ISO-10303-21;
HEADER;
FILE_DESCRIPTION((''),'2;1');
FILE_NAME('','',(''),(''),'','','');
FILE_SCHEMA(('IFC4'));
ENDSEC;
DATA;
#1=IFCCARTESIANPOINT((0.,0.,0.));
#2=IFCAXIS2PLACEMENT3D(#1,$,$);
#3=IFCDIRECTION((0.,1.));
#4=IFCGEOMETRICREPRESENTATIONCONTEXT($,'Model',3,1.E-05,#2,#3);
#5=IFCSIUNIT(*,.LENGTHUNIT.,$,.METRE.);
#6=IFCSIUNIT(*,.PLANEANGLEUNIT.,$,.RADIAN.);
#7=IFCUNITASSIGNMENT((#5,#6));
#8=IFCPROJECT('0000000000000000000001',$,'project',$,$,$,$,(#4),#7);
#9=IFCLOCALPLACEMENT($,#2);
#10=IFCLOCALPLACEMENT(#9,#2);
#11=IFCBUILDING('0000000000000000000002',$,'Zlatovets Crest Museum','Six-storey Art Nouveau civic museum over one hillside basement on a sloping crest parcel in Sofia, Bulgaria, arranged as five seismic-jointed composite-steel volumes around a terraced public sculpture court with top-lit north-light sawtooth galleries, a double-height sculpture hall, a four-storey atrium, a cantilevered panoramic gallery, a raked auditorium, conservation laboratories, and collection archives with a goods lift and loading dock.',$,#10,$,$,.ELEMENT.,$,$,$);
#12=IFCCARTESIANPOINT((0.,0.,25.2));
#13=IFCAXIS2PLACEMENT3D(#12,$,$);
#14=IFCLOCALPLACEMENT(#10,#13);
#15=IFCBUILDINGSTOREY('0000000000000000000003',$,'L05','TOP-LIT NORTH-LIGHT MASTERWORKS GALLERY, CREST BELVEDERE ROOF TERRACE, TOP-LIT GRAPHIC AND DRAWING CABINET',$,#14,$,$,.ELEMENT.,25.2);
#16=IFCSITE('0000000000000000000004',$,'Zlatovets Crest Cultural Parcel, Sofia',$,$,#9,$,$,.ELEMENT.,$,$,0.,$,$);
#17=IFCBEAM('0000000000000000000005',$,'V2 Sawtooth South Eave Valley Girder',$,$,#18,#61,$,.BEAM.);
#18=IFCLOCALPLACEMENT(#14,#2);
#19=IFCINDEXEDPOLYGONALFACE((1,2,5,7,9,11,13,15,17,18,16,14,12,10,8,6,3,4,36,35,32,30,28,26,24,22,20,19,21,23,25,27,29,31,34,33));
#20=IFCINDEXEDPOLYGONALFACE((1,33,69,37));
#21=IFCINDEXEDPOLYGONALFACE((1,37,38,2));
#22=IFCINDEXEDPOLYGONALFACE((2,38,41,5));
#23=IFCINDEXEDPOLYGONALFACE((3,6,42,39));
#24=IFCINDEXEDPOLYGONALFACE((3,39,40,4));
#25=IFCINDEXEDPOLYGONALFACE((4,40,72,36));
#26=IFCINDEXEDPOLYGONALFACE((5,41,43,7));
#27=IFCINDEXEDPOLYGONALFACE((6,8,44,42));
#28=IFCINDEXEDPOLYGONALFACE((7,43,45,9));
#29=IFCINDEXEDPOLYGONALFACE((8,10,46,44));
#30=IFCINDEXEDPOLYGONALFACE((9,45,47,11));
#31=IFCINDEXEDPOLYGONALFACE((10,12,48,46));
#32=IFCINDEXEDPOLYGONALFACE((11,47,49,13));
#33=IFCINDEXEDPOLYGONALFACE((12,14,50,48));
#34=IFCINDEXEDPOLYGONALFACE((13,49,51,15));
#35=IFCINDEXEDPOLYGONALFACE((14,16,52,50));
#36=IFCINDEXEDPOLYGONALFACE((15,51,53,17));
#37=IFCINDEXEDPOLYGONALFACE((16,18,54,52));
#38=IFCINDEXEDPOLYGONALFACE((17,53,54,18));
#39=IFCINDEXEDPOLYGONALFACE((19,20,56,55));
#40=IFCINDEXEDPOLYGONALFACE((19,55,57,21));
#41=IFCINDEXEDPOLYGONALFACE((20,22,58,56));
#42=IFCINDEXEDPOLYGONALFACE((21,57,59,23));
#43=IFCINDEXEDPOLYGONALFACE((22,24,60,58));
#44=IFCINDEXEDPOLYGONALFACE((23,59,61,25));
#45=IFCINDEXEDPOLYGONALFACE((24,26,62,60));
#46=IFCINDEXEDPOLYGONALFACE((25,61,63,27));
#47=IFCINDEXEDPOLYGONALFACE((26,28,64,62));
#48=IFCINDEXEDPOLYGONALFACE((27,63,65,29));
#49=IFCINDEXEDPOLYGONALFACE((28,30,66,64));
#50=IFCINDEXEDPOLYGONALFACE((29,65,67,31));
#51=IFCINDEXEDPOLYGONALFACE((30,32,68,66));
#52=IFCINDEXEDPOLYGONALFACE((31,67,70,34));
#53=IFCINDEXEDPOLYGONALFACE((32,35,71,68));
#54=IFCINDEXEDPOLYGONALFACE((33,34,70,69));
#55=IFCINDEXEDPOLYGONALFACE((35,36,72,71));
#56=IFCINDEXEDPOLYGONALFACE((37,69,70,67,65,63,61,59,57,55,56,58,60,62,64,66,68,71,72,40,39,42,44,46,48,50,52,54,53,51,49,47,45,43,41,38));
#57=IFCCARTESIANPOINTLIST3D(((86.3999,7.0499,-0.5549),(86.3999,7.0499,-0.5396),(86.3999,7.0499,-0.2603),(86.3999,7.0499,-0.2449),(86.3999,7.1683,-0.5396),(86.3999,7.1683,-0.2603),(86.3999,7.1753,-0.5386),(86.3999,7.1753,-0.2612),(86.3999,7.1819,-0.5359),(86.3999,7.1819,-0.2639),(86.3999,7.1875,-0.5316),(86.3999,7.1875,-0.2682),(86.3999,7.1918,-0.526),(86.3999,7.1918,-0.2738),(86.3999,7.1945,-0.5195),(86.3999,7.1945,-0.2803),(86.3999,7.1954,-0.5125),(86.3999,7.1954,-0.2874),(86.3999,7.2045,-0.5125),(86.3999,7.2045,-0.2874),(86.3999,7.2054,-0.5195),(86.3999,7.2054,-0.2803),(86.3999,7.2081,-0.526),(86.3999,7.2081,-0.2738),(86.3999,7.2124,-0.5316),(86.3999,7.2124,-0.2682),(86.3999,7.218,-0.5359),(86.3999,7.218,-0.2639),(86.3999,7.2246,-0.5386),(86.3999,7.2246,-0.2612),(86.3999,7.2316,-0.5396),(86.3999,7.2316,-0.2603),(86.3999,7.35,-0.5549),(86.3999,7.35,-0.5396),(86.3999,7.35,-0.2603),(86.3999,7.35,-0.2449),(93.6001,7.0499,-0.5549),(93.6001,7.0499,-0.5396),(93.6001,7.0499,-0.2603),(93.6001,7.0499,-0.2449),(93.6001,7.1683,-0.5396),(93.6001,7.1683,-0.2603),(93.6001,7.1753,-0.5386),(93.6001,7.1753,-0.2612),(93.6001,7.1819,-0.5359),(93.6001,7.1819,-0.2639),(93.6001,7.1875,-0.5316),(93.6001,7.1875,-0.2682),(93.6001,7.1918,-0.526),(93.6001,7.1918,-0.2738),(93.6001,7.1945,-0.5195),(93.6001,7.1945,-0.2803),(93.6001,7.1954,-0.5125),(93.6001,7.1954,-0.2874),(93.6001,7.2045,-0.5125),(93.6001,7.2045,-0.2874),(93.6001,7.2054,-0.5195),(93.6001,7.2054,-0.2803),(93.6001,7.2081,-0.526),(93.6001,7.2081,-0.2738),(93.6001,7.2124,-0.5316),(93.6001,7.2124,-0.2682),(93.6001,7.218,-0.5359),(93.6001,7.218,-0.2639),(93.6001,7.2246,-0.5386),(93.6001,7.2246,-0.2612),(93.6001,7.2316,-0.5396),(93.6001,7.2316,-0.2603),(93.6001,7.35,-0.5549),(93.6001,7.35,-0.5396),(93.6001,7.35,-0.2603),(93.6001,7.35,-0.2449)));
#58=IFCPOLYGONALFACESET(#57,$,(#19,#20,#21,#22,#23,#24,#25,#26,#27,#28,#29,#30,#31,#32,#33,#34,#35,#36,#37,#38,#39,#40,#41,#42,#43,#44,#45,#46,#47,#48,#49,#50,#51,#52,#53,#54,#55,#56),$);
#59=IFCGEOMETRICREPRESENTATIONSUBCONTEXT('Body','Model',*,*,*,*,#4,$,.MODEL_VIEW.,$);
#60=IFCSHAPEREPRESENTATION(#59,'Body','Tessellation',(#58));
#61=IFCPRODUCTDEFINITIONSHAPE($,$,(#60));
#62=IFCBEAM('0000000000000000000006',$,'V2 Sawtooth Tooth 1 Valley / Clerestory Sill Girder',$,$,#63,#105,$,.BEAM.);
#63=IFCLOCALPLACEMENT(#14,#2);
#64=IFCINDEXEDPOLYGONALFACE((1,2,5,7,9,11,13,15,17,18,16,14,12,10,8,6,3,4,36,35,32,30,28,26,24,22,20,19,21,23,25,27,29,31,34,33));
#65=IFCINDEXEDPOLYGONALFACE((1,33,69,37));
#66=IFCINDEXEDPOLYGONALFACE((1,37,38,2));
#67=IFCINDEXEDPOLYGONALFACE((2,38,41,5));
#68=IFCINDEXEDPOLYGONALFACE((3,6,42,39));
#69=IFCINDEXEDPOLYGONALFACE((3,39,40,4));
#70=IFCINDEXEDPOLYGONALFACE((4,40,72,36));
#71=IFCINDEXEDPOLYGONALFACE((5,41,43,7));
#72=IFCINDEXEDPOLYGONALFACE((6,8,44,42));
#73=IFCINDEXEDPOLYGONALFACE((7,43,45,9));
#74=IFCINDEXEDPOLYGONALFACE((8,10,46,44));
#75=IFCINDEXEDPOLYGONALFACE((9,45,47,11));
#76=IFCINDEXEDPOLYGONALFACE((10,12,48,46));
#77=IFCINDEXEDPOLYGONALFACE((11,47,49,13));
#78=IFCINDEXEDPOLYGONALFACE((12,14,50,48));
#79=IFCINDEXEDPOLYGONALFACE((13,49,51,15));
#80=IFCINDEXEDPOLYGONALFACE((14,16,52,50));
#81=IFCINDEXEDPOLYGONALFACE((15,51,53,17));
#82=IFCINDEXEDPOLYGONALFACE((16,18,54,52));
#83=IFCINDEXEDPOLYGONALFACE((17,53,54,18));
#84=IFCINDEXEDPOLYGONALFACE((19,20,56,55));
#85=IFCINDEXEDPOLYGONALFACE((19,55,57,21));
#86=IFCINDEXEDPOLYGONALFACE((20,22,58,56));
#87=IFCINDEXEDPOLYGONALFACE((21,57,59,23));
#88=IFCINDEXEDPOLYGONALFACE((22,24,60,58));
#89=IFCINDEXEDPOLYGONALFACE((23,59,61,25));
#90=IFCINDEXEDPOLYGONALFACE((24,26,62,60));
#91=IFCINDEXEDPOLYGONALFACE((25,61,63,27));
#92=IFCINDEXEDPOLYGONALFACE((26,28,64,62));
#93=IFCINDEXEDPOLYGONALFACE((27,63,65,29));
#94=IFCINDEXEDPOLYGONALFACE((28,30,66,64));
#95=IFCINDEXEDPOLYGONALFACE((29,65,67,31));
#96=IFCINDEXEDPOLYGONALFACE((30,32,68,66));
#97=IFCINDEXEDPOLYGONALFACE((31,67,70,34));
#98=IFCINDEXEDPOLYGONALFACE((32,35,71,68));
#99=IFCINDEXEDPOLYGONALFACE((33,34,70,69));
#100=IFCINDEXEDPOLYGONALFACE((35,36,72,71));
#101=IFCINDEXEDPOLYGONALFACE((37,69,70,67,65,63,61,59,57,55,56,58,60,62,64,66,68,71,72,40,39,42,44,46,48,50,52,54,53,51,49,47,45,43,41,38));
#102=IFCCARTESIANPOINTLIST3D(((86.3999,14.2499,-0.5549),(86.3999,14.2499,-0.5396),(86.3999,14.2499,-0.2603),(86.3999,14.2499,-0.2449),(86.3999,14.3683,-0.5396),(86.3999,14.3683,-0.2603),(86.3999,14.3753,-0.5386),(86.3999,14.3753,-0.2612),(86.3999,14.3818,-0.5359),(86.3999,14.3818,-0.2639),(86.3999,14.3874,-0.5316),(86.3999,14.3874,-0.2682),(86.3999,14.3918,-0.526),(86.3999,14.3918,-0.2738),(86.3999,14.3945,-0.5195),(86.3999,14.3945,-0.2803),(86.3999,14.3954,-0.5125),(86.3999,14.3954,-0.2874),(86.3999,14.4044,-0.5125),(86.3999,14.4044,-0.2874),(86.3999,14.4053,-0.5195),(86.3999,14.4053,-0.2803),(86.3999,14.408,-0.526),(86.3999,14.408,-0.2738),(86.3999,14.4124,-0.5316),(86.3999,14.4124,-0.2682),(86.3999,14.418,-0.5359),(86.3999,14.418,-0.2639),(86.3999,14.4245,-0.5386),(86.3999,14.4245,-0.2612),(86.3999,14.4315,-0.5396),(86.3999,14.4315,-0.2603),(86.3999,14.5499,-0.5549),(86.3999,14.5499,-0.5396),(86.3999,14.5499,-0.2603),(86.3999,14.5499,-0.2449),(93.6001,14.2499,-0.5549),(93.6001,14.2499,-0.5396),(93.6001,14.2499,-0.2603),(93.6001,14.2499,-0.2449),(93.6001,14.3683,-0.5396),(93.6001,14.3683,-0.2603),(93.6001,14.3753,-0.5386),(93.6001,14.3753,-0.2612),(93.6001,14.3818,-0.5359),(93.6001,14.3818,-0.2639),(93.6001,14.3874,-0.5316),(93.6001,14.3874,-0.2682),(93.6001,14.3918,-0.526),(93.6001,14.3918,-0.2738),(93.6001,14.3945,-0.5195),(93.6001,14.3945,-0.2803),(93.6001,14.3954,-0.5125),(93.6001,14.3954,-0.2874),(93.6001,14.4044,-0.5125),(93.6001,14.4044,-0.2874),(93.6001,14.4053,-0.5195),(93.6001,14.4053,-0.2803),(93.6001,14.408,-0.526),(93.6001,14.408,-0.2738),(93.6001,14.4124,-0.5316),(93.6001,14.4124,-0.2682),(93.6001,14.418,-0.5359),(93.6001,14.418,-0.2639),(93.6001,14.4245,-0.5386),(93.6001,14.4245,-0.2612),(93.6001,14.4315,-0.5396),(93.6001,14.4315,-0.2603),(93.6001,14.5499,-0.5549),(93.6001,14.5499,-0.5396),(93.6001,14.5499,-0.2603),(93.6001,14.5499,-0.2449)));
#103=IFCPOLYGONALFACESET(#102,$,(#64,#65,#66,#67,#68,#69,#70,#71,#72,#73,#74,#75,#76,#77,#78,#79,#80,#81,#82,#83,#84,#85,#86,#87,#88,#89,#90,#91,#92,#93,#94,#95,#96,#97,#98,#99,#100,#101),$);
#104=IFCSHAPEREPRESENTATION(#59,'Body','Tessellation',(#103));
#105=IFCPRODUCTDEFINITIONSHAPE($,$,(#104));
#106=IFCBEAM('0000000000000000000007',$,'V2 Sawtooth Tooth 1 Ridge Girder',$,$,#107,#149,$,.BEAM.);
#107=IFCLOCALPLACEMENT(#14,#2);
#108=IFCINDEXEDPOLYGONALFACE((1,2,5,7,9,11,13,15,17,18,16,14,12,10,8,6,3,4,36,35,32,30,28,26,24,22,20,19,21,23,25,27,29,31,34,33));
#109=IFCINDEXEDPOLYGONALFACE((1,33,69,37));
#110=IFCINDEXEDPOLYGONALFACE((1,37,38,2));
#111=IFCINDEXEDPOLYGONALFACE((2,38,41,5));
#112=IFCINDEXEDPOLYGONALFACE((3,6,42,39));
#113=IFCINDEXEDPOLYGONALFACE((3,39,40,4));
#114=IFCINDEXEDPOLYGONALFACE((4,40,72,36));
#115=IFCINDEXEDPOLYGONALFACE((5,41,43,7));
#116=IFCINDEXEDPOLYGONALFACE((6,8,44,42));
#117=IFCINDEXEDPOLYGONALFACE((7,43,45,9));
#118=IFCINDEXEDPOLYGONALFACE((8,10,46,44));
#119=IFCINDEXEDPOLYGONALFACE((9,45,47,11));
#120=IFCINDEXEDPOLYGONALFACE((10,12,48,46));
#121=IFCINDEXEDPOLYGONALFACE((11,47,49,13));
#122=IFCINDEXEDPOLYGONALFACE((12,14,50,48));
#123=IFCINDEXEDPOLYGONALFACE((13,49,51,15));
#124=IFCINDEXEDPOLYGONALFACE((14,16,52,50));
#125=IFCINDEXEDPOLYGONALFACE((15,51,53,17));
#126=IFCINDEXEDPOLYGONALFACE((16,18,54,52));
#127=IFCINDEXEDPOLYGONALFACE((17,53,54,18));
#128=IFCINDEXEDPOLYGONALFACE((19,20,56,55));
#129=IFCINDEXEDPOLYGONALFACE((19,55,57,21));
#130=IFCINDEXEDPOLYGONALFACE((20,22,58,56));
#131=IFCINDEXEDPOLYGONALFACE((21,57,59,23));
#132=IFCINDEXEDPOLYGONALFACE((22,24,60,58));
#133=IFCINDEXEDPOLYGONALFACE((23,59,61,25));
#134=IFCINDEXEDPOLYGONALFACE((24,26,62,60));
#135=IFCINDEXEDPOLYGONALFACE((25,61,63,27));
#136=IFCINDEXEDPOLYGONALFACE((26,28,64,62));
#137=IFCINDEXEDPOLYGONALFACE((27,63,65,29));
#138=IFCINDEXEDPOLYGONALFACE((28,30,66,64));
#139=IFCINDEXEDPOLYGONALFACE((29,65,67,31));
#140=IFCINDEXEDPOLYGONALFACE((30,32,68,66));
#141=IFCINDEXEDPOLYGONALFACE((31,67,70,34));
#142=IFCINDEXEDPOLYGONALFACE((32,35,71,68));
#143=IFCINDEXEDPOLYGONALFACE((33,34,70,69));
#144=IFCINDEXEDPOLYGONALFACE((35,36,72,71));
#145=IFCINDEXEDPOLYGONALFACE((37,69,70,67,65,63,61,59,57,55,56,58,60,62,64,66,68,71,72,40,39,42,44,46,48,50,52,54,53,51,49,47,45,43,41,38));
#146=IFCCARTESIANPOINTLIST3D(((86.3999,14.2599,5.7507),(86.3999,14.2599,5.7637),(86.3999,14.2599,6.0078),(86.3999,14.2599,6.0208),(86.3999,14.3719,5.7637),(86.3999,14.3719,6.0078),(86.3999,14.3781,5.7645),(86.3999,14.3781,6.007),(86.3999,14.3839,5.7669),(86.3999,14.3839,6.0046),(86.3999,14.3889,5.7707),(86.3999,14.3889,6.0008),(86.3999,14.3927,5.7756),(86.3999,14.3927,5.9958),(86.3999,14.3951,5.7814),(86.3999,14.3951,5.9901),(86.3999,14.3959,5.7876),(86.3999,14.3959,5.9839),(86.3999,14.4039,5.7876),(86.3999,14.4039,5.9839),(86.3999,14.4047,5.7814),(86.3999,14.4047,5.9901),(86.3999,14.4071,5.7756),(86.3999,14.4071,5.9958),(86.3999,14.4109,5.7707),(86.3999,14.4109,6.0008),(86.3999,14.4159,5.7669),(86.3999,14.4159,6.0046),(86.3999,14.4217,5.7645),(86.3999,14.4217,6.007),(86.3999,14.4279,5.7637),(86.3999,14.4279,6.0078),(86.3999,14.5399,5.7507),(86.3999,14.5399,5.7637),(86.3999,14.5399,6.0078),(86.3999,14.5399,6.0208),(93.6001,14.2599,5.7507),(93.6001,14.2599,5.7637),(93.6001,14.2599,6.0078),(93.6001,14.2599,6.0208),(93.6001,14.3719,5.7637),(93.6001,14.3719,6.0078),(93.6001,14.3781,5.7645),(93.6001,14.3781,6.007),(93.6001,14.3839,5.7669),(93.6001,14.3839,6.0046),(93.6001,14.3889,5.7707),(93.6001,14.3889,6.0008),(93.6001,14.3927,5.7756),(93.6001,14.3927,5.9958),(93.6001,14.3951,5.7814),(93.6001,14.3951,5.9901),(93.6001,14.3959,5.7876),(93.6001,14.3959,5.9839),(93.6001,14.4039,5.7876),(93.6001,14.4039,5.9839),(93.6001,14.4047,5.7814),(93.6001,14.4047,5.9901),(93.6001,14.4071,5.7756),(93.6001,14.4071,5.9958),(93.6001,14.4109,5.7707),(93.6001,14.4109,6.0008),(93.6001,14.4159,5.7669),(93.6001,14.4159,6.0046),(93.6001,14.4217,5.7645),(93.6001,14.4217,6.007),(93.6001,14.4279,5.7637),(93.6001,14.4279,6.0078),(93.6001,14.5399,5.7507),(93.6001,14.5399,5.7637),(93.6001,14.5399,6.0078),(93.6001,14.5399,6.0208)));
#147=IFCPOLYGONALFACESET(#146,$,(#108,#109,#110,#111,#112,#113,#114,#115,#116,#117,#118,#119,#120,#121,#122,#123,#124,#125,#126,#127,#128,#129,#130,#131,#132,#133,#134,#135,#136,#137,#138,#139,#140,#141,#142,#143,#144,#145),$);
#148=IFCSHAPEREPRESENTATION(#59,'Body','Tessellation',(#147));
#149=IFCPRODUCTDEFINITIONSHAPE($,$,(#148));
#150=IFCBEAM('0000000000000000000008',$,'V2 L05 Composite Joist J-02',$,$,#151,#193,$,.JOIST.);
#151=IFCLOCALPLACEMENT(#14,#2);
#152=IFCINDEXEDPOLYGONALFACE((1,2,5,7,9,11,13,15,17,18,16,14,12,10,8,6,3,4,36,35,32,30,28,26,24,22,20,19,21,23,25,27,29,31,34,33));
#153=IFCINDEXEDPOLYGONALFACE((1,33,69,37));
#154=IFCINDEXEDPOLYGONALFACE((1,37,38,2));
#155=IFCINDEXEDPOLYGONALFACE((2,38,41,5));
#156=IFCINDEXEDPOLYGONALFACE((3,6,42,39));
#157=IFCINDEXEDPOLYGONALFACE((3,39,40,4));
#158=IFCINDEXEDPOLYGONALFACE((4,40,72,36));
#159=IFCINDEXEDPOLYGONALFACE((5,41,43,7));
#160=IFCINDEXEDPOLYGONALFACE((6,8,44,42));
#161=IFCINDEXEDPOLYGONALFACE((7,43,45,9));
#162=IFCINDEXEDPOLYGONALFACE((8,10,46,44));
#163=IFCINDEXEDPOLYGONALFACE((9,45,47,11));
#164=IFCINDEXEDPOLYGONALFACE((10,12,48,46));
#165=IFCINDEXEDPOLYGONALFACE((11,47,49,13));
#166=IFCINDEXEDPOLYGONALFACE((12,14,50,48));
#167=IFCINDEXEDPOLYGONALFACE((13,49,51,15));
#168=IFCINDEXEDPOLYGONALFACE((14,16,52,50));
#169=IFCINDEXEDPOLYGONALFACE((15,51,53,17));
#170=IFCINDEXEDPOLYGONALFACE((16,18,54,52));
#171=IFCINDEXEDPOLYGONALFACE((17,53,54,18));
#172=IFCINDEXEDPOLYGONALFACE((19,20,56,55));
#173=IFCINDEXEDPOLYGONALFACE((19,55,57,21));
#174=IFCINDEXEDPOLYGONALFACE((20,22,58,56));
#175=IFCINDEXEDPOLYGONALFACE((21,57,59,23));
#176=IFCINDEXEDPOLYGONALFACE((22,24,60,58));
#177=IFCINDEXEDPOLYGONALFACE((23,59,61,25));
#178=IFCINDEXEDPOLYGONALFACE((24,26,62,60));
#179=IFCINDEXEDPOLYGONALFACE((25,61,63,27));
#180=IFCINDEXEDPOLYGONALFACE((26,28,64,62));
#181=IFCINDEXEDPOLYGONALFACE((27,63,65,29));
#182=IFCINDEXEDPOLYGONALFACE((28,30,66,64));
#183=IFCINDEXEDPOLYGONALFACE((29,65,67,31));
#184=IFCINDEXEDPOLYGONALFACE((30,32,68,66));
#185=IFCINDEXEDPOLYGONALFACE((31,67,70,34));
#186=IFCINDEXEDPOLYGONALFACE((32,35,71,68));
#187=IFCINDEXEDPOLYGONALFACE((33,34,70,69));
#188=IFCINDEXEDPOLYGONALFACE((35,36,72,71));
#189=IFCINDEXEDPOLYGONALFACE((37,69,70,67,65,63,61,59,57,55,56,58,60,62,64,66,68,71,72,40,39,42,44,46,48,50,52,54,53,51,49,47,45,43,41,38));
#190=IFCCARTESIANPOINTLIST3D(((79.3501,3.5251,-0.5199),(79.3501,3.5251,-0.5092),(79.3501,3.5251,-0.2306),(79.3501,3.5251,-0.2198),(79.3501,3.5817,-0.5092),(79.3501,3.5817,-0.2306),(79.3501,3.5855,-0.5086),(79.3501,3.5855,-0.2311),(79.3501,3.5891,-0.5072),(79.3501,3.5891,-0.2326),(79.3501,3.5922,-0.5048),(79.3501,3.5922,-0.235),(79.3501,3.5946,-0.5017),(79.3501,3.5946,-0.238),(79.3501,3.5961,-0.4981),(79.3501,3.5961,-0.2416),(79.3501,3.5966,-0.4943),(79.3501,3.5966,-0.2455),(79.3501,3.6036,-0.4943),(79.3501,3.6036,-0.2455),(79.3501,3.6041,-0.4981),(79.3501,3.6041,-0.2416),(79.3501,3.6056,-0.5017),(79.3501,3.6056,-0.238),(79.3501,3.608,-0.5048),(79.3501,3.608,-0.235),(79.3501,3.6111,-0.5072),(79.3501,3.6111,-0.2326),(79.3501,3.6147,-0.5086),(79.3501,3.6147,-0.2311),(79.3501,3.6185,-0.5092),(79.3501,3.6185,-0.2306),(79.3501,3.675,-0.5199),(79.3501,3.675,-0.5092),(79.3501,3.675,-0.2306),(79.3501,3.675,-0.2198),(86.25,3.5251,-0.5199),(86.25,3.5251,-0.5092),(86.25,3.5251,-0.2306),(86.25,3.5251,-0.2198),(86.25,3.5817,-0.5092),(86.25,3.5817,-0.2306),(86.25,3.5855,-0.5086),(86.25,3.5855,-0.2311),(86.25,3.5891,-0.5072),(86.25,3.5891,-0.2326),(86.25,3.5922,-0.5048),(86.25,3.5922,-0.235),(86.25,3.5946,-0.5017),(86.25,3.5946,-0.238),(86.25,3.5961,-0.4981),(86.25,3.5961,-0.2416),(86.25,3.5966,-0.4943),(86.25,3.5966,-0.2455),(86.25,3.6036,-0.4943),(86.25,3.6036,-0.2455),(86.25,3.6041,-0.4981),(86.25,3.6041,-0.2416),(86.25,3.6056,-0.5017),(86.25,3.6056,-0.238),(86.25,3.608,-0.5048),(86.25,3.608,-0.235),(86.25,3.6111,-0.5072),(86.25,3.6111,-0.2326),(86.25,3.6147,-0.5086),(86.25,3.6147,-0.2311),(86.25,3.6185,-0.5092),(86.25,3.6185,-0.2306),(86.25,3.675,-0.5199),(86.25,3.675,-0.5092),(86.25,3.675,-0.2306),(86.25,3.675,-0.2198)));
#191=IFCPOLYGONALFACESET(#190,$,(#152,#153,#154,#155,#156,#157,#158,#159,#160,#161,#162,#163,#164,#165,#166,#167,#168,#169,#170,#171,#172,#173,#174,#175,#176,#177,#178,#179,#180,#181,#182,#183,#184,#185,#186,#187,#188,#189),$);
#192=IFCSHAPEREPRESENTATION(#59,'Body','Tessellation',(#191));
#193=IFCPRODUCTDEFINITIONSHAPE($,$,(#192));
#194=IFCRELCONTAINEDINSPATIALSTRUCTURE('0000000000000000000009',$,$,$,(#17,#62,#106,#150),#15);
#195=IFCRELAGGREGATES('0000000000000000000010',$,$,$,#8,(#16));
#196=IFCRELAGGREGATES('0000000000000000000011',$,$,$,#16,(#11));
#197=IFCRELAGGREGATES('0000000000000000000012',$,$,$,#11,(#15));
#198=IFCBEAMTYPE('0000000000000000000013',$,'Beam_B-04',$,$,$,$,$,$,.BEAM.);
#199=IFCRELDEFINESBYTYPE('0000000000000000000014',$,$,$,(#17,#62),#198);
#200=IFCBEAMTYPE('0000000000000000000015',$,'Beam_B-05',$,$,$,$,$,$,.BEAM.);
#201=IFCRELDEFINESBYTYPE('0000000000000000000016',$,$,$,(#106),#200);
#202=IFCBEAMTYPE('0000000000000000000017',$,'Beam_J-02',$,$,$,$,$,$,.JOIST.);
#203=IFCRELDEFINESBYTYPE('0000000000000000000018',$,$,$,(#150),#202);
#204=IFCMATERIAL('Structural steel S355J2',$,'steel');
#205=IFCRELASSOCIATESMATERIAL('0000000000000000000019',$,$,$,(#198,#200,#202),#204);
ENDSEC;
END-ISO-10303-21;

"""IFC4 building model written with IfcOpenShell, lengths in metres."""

from ifc_helpers import new_model, si_unit, direction, frame, origin, origin_2d, place, context, subcontext, project, spatial, i_section, extrude, material, material_profile, profile_set, type_object, element, save


model = new_model("IFC4")

# Units and contexts
model_context = context("Model", 3, precision=1e-05, world=origin(), true_north=direction((0.0, 1.0)))
body_context = subcontext(model_context, "Body", "Model", "MODEL_VIEW")
ifc_project = project(units=[si_unit("LENGTHUNIT", "METRE"), si_unit("PLANEANGLEUNIT", "RADIAN")], contexts=[model_context])

# Site, building, storey
site_placement = place(None, origin())
site = spatial("IfcSite", under=ifc_project, at=site_placement, Name="Zlatovets Crest Cultural Parcel, Sofia", CompositionType="ELEMENT", RefElevation=0.0)
building_placement = place(site_placement, origin())
building = spatial("IfcBuilding", under=site, at=building_placement, Name="Zlatovets Crest Museum", Description="Six-storey Art Nouveau civic museum over one hillside basement on a sloping crest parcel in Sofia, Bulgaria, arranged as five seismic-jointed composite-steel volumes around a terraced public sculpture court with top-lit north-light sawtooth galleries, a double-height sculpture hall, a four-storey atrium, a cantilevered panoramic gallery, a raked auditorium, conservation laboratories, and collection archives with a goods lift and loading dock.", CompositionType="ELEMENT")
storey_placement = place(building_placement, frame((0.0, 0.0, 25.2)))
storey = spatial("IfcBuildingStorey", under=building, at=storey_placement, Name="L05", Description="TOP-LIT NORTH-LIGHT MASTERWORKS GALLERY, CREST BELVEDERE ROOF TERRACE, TOP-LIT GRAPHIC AND DRAWING CABINET", CompositionType="ELEMENT", Elevation=25.2)

# Beams
ifc_material_1 = material(Name="Structural steel S355J2", Category="steel")
ifc_material_profile_1 = material_profile(ifc_material_1, i_section(OverallWidth=0.3, OverallDepth=0.3101, WebThickness=0.009, FlangeThickness=0.0154, FilletRadius=0.0271, at=origin_2d()), Name="HEA 320")
ifc_profile_set_1 = profile_set([ifc_material_profile_1], Name="Structural steel S355J2")
beam_type_1 = type_object("IfcBeamType", Name="Beam_B-04", PredefinedType="BEAM", material=ifc_profile_set_1)
for number, where, z_axis, x_axis, name in (
    (1, (86.3999, 7.2, -0.3999), (1.0, 0.0, 0.0), (0.0, 1.0, 0.0), "V2 Sawtooth South Eave Valley Girder"),
    (2, (86.3999, 14.3999, -0.3999), (1.0, 0.0, 0.0), (0.0, 1.0, 0.0), "V2 Sawtooth Tooth 1 Valley / Clerestory Sill Girder"),
):
    element("IfcBeam", number, at=place(storey_placement, frame(where, z_axis=z_axis, x_axis=x_axis)), inside=storey, type_object=beam_type_1, Name=name, PredefinedType="BEAM", context=body_context, shape_type="SweptSolid", body=[
        extrude(i_section(OverallWidth=0.3, OverallDepth=0.3101, WebThickness=0.009, FlangeThickness=0.0154, FilletRadius=0.0271, at=origin_2d()), origin(), (0.0, 0.0, 1.0), 7.2002),
    ])
ifc_material_profile_2 = material_profile(ifc_material_1, i_section(OverallWidth=0.28, OverallDepth=0.27, WebThickness=0.0081, FlangeThickness=0.0129, FilletRadius=0.0239, at=origin_2d()), Name="HEA 280")
ifc_profile_set_2 = profile_set([ifc_material_profile_2], Name="Structural steel S355J2")
beam_type_2 = type_object("IfcBeamType", Name="Beam_B-05", PredefinedType="BEAM", material=ifc_profile_set_2)
beam_1_placement = place(storey_placement, frame((86.3999, 14.3999, 5.8857), z_axis=(1.0, 0.0, 0.0), x_axis=(0.0, 1.0, 0.0)))
element("IfcBeam", 3, at=beam_1_placement, inside=storey, type_object=beam_type_2, Name="V2 Sawtooth Tooth 1 Ridge Girder", PredefinedType="BEAM", context=body_context, shape_type="SweptSolid", body=[
    extrude(i_section(OverallWidth=0.28, OverallDepth=0.27, WebThickness=0.0081, FlangeThickness=0.0129, FilletRadius=0.0239, at=origin_2d()), origin(), (0.0, 0.0, 1.0), 7.2002),
])
ifc_material_profile_3 = material_profile(ifc_material_1, i_section(OverallWidth=0.1499, OverallDepth=0.3, WebThickness=0.0071, FlangeThickness=0.0107, FilletRadius=0.0149, at=origin_2d()), Name="IPE 300")
ifc_profile_set_3 = profile_set([ifc_material_profile_3], Name="Structural steel S355J2")
beam_type_3 = type_object("IfcBeamType", Name="Beam_J-02", PredefinedType="JOIST", material=ifc_profile_set_3)
for number, where, z_axis, x_axis, name in (
    (4, (79.3501, 3.6001, -0.3699), (1.0, 0.0, 0.0), (0.0, 1.0, 0.0), "V2 L05 Composite Joist J-02"),
):
    element("IfcBeam", number, at=place(storey_placement, frame(where, z_axis=z_axis, x_axis=x_axis)), inside=storey, type_object=beam_type_3, Name=name, PredefinedType="JOIST", context=body_context, shape_type="SweptSolid", body=[
        extrude(i_section(OverallWidth=0.1499, OverallDepth=0.3, WebThickness=0.0071, FlangeThickness=0.0107, FilletRadius=0.0149, at=origin_2d()), origin(), (0.0, 0.0, 1.0), 6.8999),
    ])

save(model, "model.ifc")
